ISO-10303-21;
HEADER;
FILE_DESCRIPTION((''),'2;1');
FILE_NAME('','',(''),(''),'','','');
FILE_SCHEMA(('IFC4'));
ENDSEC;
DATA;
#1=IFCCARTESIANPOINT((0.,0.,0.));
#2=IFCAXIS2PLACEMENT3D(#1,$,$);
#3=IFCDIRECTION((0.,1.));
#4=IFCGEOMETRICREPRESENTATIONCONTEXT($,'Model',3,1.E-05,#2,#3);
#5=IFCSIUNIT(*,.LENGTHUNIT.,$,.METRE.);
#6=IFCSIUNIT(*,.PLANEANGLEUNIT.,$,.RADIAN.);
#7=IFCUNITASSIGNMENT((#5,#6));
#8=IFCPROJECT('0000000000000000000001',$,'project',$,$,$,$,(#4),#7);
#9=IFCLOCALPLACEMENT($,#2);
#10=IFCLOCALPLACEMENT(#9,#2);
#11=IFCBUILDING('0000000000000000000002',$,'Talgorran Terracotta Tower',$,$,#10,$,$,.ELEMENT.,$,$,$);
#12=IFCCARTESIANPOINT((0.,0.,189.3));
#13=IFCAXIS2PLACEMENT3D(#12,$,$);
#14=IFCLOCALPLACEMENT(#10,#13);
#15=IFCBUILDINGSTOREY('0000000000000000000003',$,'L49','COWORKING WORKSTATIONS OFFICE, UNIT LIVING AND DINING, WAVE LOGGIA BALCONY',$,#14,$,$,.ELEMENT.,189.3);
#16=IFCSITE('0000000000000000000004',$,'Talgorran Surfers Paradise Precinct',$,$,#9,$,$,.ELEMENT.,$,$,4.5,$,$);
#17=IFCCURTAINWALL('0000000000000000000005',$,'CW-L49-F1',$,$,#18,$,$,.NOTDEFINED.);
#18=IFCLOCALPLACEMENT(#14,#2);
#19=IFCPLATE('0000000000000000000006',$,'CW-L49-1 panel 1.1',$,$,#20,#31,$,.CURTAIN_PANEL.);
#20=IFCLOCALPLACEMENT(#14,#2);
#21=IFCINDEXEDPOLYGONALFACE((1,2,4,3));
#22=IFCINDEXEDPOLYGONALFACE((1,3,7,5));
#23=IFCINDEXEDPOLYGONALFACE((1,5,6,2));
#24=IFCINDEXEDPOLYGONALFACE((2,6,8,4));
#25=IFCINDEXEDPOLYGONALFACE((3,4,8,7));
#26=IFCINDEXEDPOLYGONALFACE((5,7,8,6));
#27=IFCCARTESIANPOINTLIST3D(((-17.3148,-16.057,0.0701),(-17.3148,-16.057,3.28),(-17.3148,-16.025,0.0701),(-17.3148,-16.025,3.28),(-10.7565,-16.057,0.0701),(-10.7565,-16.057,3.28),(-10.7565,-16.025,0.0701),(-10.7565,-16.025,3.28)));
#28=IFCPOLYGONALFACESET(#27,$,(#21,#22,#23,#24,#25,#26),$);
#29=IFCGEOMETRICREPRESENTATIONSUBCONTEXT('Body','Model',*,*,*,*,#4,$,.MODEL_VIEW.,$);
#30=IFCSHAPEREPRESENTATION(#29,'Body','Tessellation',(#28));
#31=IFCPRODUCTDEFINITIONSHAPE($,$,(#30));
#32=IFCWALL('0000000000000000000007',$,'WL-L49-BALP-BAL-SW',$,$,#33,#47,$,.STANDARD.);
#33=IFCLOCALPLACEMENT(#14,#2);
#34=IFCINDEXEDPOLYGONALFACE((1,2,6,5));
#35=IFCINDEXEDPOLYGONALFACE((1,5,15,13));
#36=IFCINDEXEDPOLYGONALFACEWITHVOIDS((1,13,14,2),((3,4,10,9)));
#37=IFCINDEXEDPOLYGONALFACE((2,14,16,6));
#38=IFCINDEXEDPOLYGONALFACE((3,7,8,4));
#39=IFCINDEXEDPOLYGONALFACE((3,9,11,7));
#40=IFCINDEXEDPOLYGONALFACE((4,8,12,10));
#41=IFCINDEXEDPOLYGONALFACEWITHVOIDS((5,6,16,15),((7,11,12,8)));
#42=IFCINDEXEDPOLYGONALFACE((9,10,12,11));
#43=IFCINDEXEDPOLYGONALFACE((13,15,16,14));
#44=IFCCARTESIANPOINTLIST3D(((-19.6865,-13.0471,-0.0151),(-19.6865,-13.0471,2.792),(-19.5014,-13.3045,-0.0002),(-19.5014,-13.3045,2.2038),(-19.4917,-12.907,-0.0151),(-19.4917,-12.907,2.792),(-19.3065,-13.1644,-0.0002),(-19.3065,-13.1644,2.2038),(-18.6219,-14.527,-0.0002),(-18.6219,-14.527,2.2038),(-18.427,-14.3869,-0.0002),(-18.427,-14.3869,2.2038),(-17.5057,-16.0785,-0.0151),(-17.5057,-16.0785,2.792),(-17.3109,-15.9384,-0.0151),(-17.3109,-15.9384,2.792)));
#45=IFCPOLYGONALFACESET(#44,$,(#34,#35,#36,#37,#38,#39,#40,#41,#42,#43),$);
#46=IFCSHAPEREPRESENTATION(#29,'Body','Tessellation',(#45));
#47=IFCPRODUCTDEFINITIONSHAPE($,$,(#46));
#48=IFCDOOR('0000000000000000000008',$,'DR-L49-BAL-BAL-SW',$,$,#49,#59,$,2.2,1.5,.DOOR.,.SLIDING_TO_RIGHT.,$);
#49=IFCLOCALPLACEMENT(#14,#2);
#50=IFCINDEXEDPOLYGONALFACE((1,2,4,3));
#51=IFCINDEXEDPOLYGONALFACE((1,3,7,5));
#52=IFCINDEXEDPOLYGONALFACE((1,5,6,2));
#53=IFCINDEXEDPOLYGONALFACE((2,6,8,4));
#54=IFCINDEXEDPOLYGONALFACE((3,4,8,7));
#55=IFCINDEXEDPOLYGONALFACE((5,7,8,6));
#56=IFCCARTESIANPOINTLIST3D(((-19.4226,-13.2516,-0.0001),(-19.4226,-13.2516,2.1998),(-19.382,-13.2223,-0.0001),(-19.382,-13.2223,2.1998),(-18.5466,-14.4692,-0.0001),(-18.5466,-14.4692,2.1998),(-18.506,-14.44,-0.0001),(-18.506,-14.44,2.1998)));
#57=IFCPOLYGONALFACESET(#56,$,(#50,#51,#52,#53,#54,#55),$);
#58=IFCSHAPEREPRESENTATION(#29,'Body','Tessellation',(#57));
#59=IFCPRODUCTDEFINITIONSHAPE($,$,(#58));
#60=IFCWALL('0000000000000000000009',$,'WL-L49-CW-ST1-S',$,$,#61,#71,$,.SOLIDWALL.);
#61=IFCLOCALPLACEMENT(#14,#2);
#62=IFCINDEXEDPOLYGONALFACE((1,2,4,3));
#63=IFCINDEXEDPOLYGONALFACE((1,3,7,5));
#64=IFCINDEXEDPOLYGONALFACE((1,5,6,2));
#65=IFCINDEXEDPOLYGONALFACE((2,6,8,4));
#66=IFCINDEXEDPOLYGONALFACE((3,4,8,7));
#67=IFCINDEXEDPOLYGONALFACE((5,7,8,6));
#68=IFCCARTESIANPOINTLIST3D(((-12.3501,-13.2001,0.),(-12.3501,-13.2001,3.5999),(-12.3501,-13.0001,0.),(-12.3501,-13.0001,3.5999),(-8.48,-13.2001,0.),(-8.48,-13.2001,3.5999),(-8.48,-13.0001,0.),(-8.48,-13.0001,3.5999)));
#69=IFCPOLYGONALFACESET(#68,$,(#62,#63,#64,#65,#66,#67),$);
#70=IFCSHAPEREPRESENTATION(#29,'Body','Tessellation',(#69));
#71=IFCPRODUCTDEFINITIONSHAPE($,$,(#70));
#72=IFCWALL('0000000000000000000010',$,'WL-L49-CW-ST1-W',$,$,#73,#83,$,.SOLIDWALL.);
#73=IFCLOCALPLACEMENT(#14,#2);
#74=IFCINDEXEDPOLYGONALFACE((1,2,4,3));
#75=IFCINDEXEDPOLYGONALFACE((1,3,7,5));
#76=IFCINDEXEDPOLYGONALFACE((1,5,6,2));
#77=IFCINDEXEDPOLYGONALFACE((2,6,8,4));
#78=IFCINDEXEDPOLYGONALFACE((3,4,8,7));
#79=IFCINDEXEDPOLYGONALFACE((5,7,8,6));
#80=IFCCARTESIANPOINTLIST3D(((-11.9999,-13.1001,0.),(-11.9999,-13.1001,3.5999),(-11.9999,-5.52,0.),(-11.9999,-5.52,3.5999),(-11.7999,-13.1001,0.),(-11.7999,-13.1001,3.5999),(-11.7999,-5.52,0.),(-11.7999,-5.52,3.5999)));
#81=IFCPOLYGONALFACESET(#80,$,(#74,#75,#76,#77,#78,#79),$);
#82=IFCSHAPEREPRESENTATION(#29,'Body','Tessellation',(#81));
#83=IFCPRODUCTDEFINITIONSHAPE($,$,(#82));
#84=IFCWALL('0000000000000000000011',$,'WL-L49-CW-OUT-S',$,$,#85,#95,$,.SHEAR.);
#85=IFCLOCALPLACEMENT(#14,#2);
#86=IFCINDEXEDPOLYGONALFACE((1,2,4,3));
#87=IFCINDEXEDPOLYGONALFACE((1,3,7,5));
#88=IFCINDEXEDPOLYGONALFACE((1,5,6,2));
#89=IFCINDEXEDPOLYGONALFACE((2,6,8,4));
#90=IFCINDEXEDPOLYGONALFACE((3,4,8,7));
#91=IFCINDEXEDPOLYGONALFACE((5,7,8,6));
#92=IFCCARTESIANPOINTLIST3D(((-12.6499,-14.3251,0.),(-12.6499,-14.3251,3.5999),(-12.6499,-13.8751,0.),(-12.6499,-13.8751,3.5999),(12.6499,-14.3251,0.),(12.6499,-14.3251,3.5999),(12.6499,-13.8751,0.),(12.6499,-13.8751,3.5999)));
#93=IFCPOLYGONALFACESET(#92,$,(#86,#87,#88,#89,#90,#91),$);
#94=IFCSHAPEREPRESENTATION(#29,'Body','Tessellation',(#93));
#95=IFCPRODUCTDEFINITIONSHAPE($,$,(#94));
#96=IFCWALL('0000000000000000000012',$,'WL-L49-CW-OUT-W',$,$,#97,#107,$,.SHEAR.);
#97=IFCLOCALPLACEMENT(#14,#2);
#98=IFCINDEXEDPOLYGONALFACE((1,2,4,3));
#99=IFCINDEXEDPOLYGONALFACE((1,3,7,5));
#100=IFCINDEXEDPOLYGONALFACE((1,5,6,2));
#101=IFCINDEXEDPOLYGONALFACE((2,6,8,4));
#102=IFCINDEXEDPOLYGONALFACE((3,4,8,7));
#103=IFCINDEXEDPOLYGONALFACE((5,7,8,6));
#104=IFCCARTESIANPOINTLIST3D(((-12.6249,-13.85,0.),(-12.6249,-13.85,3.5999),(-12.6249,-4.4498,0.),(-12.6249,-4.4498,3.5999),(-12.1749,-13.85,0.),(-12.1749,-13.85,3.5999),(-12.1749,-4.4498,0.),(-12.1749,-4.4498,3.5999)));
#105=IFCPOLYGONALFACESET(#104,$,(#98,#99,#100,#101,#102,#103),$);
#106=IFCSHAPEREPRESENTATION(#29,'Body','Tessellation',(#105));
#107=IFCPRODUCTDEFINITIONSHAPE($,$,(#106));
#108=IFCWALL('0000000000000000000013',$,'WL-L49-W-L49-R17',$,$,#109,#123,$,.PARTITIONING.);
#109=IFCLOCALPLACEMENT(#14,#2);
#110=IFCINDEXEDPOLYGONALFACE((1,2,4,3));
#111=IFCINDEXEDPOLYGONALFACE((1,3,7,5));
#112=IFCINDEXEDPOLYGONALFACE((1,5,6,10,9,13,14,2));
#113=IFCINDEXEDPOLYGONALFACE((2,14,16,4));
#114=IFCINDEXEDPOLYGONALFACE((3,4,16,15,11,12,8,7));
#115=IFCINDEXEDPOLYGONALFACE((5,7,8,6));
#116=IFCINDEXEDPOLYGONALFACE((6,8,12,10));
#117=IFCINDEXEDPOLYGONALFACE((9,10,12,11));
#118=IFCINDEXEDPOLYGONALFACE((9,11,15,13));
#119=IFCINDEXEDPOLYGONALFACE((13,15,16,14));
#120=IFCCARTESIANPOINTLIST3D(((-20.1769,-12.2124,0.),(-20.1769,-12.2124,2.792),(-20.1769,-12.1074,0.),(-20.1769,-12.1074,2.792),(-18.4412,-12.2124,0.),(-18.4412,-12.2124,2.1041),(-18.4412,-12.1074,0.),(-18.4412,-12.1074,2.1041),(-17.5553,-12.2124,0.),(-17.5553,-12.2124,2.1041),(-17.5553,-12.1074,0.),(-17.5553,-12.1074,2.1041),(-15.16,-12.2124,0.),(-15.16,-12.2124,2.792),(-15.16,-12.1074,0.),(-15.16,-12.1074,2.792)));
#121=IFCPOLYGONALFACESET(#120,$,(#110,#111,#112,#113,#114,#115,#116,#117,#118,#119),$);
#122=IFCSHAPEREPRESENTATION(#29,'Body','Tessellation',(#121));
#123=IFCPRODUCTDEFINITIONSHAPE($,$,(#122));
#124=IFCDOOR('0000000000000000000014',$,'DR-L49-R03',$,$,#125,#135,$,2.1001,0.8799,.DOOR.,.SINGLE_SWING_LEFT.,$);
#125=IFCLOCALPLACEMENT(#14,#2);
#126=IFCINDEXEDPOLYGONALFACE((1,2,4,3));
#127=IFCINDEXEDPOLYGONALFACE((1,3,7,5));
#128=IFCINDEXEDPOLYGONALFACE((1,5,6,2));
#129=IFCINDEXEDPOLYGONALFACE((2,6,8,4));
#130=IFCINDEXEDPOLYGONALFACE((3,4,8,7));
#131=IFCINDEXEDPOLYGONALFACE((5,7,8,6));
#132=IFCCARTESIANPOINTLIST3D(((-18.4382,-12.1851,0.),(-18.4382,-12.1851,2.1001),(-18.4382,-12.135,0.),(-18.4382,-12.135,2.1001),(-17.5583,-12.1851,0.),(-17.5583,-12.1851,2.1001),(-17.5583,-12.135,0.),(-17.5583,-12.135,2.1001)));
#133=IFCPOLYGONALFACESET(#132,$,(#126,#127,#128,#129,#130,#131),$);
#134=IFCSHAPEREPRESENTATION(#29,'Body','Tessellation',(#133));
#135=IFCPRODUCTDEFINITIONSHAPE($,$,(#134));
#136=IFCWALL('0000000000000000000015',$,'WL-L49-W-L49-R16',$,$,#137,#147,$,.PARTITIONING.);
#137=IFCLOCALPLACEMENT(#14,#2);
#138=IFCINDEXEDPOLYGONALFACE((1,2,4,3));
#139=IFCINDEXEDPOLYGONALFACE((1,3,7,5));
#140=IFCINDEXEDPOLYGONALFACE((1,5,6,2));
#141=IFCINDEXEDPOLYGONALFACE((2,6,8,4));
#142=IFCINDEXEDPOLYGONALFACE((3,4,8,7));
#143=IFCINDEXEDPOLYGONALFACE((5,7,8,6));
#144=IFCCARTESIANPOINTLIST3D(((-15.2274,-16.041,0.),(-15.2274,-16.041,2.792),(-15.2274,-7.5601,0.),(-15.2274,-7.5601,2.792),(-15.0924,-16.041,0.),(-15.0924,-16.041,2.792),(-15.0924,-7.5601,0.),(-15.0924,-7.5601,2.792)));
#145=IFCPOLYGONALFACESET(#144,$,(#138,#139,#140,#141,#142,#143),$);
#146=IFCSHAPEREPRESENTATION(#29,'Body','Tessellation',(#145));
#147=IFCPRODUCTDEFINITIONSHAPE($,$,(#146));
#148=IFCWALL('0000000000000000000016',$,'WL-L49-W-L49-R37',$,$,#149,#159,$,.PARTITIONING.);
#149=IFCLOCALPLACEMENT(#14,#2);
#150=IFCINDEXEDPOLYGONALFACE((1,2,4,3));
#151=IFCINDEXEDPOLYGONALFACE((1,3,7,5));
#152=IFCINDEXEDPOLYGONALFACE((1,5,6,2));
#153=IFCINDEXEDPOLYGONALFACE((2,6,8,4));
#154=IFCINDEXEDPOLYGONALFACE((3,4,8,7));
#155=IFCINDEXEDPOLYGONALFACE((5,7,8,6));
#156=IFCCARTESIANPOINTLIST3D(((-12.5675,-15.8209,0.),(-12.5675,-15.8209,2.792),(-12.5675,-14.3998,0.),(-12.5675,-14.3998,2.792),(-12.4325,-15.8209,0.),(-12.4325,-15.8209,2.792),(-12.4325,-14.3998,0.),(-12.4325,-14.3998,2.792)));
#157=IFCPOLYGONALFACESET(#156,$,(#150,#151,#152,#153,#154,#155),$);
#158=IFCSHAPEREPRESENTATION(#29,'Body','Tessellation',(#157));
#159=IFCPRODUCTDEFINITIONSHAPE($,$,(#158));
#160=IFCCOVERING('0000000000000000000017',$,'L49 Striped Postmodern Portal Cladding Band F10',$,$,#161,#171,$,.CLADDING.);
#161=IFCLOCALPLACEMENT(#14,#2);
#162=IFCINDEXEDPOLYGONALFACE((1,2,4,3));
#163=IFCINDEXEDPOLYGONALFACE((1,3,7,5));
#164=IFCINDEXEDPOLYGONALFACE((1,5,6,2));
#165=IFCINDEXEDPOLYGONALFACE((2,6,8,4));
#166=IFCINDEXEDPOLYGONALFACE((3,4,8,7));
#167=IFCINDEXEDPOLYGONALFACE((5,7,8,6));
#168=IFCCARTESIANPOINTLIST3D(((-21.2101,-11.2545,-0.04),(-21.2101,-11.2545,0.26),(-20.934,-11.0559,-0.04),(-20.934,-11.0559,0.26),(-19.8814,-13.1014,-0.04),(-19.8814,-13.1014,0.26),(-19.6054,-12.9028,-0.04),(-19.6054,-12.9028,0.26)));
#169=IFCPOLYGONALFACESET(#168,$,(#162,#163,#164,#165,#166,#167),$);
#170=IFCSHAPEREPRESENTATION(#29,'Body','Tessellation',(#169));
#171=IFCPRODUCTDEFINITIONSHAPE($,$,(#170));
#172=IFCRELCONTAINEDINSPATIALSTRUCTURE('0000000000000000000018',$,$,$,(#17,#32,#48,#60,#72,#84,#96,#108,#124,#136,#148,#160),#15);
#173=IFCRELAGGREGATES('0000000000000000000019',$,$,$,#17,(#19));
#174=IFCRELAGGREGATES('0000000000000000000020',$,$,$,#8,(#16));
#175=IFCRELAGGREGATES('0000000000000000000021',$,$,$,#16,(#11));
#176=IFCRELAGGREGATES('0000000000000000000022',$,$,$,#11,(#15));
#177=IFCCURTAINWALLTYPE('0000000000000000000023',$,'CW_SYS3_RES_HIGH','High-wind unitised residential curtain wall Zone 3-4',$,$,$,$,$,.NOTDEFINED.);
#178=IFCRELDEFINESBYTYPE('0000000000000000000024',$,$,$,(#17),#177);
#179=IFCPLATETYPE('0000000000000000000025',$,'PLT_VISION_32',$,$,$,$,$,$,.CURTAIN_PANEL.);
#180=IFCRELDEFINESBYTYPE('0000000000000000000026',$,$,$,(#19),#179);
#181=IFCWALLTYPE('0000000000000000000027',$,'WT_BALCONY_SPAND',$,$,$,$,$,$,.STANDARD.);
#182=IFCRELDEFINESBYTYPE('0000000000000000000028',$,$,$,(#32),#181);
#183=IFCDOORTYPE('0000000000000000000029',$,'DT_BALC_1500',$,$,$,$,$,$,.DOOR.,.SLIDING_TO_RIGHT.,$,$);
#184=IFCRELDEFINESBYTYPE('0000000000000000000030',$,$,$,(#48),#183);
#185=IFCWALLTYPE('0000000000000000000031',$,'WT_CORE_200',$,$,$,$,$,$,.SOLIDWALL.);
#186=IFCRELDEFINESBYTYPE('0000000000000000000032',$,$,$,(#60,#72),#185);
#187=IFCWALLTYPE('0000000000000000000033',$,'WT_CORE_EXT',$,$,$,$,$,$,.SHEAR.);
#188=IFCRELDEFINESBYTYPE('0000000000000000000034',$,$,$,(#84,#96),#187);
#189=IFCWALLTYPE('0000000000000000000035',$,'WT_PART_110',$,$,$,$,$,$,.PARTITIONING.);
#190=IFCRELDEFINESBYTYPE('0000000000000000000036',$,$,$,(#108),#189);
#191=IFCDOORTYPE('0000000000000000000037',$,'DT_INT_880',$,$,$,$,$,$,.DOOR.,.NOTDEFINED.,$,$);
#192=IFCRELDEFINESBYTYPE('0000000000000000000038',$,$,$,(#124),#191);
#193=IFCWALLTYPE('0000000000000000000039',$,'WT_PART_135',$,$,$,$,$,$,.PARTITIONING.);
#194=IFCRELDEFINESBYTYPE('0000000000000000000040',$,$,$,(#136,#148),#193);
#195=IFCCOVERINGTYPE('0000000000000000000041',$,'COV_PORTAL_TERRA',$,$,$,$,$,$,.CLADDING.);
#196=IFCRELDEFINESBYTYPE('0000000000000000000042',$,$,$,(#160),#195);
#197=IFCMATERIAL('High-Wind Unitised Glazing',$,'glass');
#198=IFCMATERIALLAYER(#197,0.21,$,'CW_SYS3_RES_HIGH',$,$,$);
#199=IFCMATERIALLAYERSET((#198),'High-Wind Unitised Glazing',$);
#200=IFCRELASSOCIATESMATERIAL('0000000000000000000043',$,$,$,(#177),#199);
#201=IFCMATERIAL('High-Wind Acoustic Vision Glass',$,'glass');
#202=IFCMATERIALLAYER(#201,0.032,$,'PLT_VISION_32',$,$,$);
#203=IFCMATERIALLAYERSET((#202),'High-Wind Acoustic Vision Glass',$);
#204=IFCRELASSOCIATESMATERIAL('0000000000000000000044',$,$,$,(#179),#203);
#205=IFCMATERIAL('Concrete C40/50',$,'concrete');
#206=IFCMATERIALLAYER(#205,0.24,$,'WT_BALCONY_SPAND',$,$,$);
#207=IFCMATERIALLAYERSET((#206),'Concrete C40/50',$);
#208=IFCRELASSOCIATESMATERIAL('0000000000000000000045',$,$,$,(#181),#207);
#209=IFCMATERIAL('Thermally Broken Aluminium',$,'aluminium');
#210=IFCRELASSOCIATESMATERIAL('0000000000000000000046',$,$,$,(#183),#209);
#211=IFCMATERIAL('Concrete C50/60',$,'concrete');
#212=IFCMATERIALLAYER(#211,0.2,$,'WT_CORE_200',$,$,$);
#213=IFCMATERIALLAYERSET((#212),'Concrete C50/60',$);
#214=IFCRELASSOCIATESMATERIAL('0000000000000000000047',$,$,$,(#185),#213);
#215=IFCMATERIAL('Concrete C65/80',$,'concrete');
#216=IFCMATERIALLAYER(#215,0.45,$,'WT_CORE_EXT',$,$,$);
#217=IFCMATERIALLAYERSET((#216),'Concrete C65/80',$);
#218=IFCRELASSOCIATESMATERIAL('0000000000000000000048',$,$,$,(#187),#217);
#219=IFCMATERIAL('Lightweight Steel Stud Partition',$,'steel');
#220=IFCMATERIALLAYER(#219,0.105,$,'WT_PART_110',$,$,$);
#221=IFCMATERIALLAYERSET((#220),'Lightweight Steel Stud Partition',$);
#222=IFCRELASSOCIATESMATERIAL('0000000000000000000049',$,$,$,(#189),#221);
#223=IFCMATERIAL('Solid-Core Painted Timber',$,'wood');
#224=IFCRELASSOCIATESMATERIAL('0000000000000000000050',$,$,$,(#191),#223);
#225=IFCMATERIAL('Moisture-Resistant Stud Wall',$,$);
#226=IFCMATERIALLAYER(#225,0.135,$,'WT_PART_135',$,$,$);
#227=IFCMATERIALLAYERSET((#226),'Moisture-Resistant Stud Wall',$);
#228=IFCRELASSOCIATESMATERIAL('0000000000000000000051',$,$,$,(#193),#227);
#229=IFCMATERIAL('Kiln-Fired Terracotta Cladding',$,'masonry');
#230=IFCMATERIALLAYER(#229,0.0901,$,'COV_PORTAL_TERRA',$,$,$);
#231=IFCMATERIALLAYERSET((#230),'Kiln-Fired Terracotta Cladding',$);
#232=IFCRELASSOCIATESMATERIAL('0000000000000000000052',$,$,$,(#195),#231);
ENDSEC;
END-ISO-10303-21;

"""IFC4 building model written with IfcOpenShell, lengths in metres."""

from ifc_helpers import new_model, si_unit, direction, frame, frame_2d, origin, origin_2d, place, context, subcontext, project, spatial, rectangle, extrude, source, transform, mapped, material, layer, layer_set, type_object, type_shapes, element, fill, aggregate, save


model = new_model("IFC4")

# Units and contexts
model_context = context("Model", 3, precision=1e-05, world=origin(), true_north=direction((0.0, 1.0)))
body_context = subcontext(model_context, "Body", "Model", "MODEL_VIEW")
ifc_project = project(units=[si_unit("LENGTHUNIT", "METRE"), si_unit("PLANEANGLEUNIT", "RADIAN")], contexts=[model_context])

# Site, building, storey
site_placement = place(None, origin())
site = spatial("IfcSite", under=ifc_project, at=site_placement, Name="Talgorran Surfers Paradise Precinct", CompositionType="ELEMENT", RefElevation=4.5)
building_placement = place(site_placement, origin())
building = spatial("IfcBuilding", under=site, at=building_placement, Name="Talgorran Terracotta Tower", CompositionType="ELEMENT")
storey_placement = place(building_placement, frame((0.0, 0.0, 189.3)))
storey = spatial("IfcBuildingStorey", under=building, at=storey_placement, Name="L49", Description="COWORKING WORKSTATIONS OFFICE, UNIT LIVING AND DINING, WAVE LOGGIA BALCONY", CompositionType="ELEMENT", Elevation=189.3)

# Shared definitions
ifc_material_1 = material(Name="High-Wind Unitised Glazing", Category="glass")
ifc_layer_1 = layer(ifc_material_1, 0.21, Name="CW_SYS3_RES_HIGH")
ifc_layer_set_1 = layer_set([ifc_layer_1], Name="High-Wind Unitised Glazing")
curtain_wall_type = type_object("IfcCurtainWallType", Name="CW_SYS3_RES_HIGH", Description="High-wind unitised residential curtain wall Zone 3-4", PredefinedType="NOTDEFINED", material=ifc_layer_set_1)

# Curtain wall, plate
curtain_wall_1_placement = place(storey_placement, origin())
curtain_wall_1 = element("IfcCurtainWall", 1, at=curtain_wall_1_placement, inside=storey, type_object=curtain_wall_type, Name="CW-L49-F1", PredefinedType="NOTDEFINED")
ifc_material_2 = material(Name="High-Wind Acoustic Vision Glass", Category="glass")
ifc_layer_2 = layer(ifc_material_2, 0.032, Name="PLT_VISION_32")
ifc_layer_set_2 = layer_set([ifc_layer_2], Name="High-Wind Acoustic Vision Glass")
plate_type = type_object("IfcPlateType", Name="PLT_VISION_32", PredefinedType="CURTAIN_PANEL", material=ifc_layer_set_2)
shared_shape = source(origin(), body_context, "Body", "SweptSolid", [
    extrude(rectangle(XDim=6.5583, YDim=0.032, at=origin_2d()), origin(), (0.0, 0.0, 1.0), 3.21),
])
type_shapes(plate_type, [shared_shape])
plate_placement = place(storey_placement, frame((-14.0356, -16.041, 0.0701), z_axis=(0.0, 0.0, 1.0), x_axis=(1.0, 0.0, 0.0)))
plate = element("IfcPlate", 2, at=plate_placement, type_object=plate_type, Name="CW-L49-1 panel 1.1", PredefinedType="CURTAIN_PANEL", context=body_context, shape_type="MappedRepresentation", body=[
    mapped(shared_shape, transform((0.0, 0.0, 0.0), scale=1.0)),
])
aggregate(curtain_wall_1, [plate])

# Wall, opening, door
ifc_material_3 = material(Name="Concrete C40/50", Category="concrete")
ifc_layer_3 = layer(ifc_material_3, 0.24, Name="WT_BALCONY_SPAND")
ifc_layer_set_3 = layer_set([ifc_layer_3], Name="Concrete C40/50")
wall_type_1 = type_object("IfcWallType", Name="WT_BALCONY_SPAND", PredefinedType="STANDARD", material=ifc_layer_set_3)
wall_1_placement = place(storey_placement, frame((-19.5891, -12.9771, -0.0151), z_axis=(0.0, 0.0, 1.0), x_axis=(0.583993, -0.811759, 0.0)))
wall_1 = element("IfcWall", 3, at=wall_1_placement, inside=storey, type_object=wall_type_1, Name="WL-L49-BALP-BAL-SW", PredefinedType="STANDARD", context=body_context, shape_type="SweptSolid", body=[
    extrude(rectangle(XDim=3.7344, YDim=0.24, at=frame_2d((1.8672, 0.0))), origin(), (0.0, 0.0, 1.0), 2.8071),
])
opening_1_placement = place(wall_1_placement, frame((0.3201, 0.0, 0.0149)))
opening_1 = element("IfcOpeningElement", 4, at=opening_1_placement, cuts=wall_1, PredefinedType="OPENING", context=body_context, shape_type="SweptSolid", body=[
    extrude(rectangle(XDim=1.506, YDim=2.204, at=frame_2d((0.75, 1.1021))), frame((0.0, 0.1299, 0.0), z_axis=(0.0, -1.0, 0.0), x_axis=(1.0, 0.0, 0.0)), (0.0, 0.0, 1.0), 0.26),
])
ifc_material_4 = material(Name="Thermally Broken Aluminium", Category="aluminium")
door_type_1 = type_object("IfcDoorType", Name="DT_BALC_1500", OperationType="SLIDING_TO_RIGHT", PredefinedType="DOOR", material=ifc_material_4)
door_1_placement = place(opening_1_placement, origin())
door_1 = element("IfcDoor", 5, at=door_1_placement, inside=storey, type_object=door_type_1, Name="DR-L49-BAL-BAL-SW", OperationType="SLIDING_TO_RIGHT", OverallHeight=2.2, OverallWidth=1.5, PredefinedType="DOOR", context=body_context, shape_type="SweptSolid", body=[
    extrude(rectangle(XDim=1.5, YDim=2.2, at=frame_2d((0.75, 1.1001))), frame((0.0, 0.0249, 0.0), z_axis=(0.0, -1.0, 0.0), x_axis=(1.0, 0.0, 0.0)), (0.0, 0.0, 1.0), 0.05),
])
fill(opening_1, door_1)

# Walls
ifc_material_5 = material(Name="Concrete C50/60", Category="concrete")
ifc_layer_4 = layer(ifc_material_5, 0.2, Name="WT_CORE_200")
ifc_layer_set_4 = layer_set([ifc_layer_4], Name="Concrete C50/60")
wall_type_2 = type_object("IfcWallType", Name="WT_CORE_200", PredefinedType="SOLIDWALL", material=ifc_layer_set_4)
wall_2_placement = place(storey_placement, frame((-12.3501, -13.1001, 0.0), z_axis=(0.0, 0.0, 1.0), x_axis=(1.0, 0.0, 0.0)))
element("IfcWall", 6, at=wall_2_placement, inside=storey, type_object=wall_type_2, Name="WL-L49-CW-ST1-S", PredefinedType="SOLIDWALL", context=body_context, shape_type="SweptSolid", body=[
    extrude(rectangle(XDim=3.8701, YDim=0.2, at=frame_2d((1.9351, 0.0))), origin(), (0.0, 0.0, 1.0), 3.5999),
])
wall_3_placement = place(storey_placement, frame((-11.8999, -13.1001, 0.0), z_axis=(0.0, 0.0, 1.0), x_axis=(0.0, 1.0, 0.0)))
element("IfcWall", 7, at=wall_3_placement, inside=storey, type_object=wall_type_2, Name="WL-L49-CW-ST1-W", PredefinedType="SOLIDWALL", context=body_context, shape_type="SweptSolid", body=[
    extrude(rectangle(XDim=7.5801, YDim=0.2, at=frame_2d((3.79, 0.0))), origin(), (0.0, 0.0, 1.0), 3.5999),
])
ifc_material_6 = material(Name="Concrete C65/80", Category="concrete")
ifc_layer_5 = layer(ifc_material_6, 0.45, Name="WT_CORE_EXT")
ifc_layer_set_5 = layer_set([ifc_layer_5], Name="Concrete C65/80")
wall_type_3 = type_object("IfcWallType", Name="WT_CORE_EXT", PredefinedType="SHEAR", material=ifc_layer_set_5)
wall_4_placement = place(storey_placement, frame((-12.6499, -14.1001, 0.0), z_axis=(0.0, 0.0, 1.0), x_axis=(1.0, 0.0, 0.0)))
element("IfcWall", 8, at=wall_4_placement, inside=storey, type_object=wall_type_3, Name="WL-L49-CW-OUT-S", PredefinedType="SHEAR", context=body_context, shape_type="SweptSolid", body=[
    extrude(rectangle(XDim=25.2998, YDim=0.45, at=frame_2d((12.6499, 0.0))), origin(), (0.0, 0.0, 1.0), 3.5999),
])
wall_5_placement = place(storey_placement, frame((-12.3999, -13.8501, 0.0), z_axis=(0.0, 0.0, 1.0), x_axis=(0.0, 1.0, 0.0)))
element("IfcWall", 9, at=wall_5_placement, inside=storey, type_object=wall_type_3, Name="WL-L49-CW-OUT-W", PredefinedType="SHEAR", context=body_context, shape_type="SweptSolid", body=[
    extrude(rectangle(XDim=9.4001, YDim=0.45, at=frame_2d((4.7002, 0.0))), origin(), (0.0, 0.0, 1.0), 3.5999),
])

# Wall, opening, door
ifc_material_7 = material(Name="Lightweight Steel Stud Partition", Category="steel")
ifc_layer_6 = layer(ifc_material_7, 0.105, Name="WT_PART_110")
ifc_layer_set_6 = layer_set([ifc_layer_6], Name="Lightweight Steel Stud Partition")
wall_type_4 = type_object("IfcWallType", Name="WT_PART_110", PredefinedType="PARTITIONING", material=ifc_layer_set_6)
wall_6_placement = place(storey_placement, frame((-20.1768, -12.1599, 0.0), z_axis=(0.0, 0.0, 1.0), x_axis=(1.0, 0.0, 0.0)))
wall_6 = element("IfcWall", 10, at=wall_6_placement, inside=storey, type_object=wall_type_4, Name="WL-L49-W-L49-R17", PredefinedType="PARTITIONING", context=body_context, shape_type="SweptSolid", body=[
    extrude(rectangle(XDim=5.0168, YDim=0.105, at=frame_2d((2.5083, 0.0))), origin(), (0.0, 0.0, 1.0), 2.792),
])
opening_2_placement = place(wall_6_placement, frame((1.7385, 0.0, 0.0)))
opening_2 = element("IfcOpeningElement", 11, at=opening_2_placement, cuts=wall_6, PredefinedType="OPENING", context=body_context, shape_type="SweptSolid", body=[
    extrude(rectangle(XDim=0.8859, YDim=2.1041, at=frame_2d((0.4399, 1.052))), frame((0.0, 0.0625, 0.0), z_axis=(0.0, -1.0, 0.0), x_axis=(1.0, 0.0, 0.0)), (0.0, 0.0, 1.0), 0.125),
])
ifc_material_8 = material(Name="Solid-Core Painted Timber", Category="wood")
door_type_2 = type_object("IfcDoorType", Name="DT_INT_880", OperationType="NOTDEFINED", PredefinedType="DOOR", material=ifc_material_8)
door_2_placement = place(opening_2_placement, origin())
door_2 = element("IfcDoor", 12, at=door_2_placement, inside=storey, type_object=door_type_2, Name="DR-L49-R03", OperationType="SINGLE_SWING_LEFT", OverallHeight=2.1001, OverallWidth=0.8799, PredefinedType="DOOR", context=body_context, shape_type="SweptSolid", body=[
    extrude(rectangle(XDim=0.8799, YDim=2.1001, at=frame_2d((0.4399, 1.05))), frame((0.0, 0.0249, 0.0), z_axis=(0.0, -1.0, 0.0), x_axis=(1.0, 0.0, 0.0)), (0.0, 0.0, 1.0), 0.05),
])
fill(opening_2, door_2)

# Walls
ifc_material_9 = material(Name="Moisture-Resistant Stud Wall")
ifc_layer_7 = layer(ifc_material_9, 0.135, Name="WT_PART_135")
ifc_layer_set_7 = layer_set([ifc_layer_7], Name="Moisture-Resistant Stud Wall")
wall_type_5 = type_object("IfcWallType", Name="WT_PART_135", PredefinedType="PARTITIONING", material=ifc_layer_set_7)
wall_7_placement = place(storey_placement, frame((-15.1599, -16.041, 0.0), z_axis=(0.0, 0.0, 1.0), x_axis=(0.0, 1.0, 0.0)))
element("IfcWall", 13, at=wall_7_placement, inside=storey, type_object=wall_type_5, Name="WL-L49-W-L49-R16", PredefinedType="PARTITIONING", context=body_context, shape_type="SweptSolid", body=[
    extrude(rectangle(XDim=8.481, YDim=0.135, at=frame_2d((4.2405, 0.0))), origin(), (0.0, 0.0, 1.0), 2.792),
])
wall_8_placement = place(storey_placement, frame((-12.5, -14.3999, 0.0), z_axis=(0.0, 0.0, 1.0), x_axis=(0.0, -1.0, 0.0)))
element("IfcWall", 14, at=wall_8_placement, inside=storey, type_object=wall_type_5, Name="WL-L49-W-L49-R37", PredefinedType="PARTITIONING", context=body_context, shape_type="SweptSolid", body=[
    extrude(rectangle(XDim=1.4211, YDim=0.135, at=frame_2d((0.7104, 0.0))), origin(), (0.0, 0.0, 1.0), 2.792),
])

# Covering
ifc_material_10 = material(Name="Kiln-Fired Terracotta Cladding", Category="masonry")
ifc_layer_8 = layer(ifc_material_10, 0.0901, Name="COV_PORTAL_TERRA")
ifc_layer_set_8 = layer_set([ifc_layer_8], Name="Kiln-Fired Terracotta Cladding")
covering_type = type_object("IfcCoveringType", Name="COV_PORTAL_TERRA", PredefinedType="CLADDING", material=ifc_layer_set_8)
covering_placement = place(storey_placement, frame((-20.4077, -12.0786, -0.04), z_axis=(0.0, 0.0, 1.0), x_axis=(0.583981, -0.811768, 0.0)))
element("IfcCovering", 15, at=covering_placement, inside=storey, type_object=covering_type, Name="L49 Striped Postmodern Portal Cladding Band F10", PredefinedType="CLADDING", context=body_context, shape_type="SweptSolid", body=[
    extrude(rectangle(XDim=2.2751, YDim=0.3401, at=origin_2d()), origin(), (0.0, 0.0, 1.0), 0.3),
])

save(model, "model.ifc")
